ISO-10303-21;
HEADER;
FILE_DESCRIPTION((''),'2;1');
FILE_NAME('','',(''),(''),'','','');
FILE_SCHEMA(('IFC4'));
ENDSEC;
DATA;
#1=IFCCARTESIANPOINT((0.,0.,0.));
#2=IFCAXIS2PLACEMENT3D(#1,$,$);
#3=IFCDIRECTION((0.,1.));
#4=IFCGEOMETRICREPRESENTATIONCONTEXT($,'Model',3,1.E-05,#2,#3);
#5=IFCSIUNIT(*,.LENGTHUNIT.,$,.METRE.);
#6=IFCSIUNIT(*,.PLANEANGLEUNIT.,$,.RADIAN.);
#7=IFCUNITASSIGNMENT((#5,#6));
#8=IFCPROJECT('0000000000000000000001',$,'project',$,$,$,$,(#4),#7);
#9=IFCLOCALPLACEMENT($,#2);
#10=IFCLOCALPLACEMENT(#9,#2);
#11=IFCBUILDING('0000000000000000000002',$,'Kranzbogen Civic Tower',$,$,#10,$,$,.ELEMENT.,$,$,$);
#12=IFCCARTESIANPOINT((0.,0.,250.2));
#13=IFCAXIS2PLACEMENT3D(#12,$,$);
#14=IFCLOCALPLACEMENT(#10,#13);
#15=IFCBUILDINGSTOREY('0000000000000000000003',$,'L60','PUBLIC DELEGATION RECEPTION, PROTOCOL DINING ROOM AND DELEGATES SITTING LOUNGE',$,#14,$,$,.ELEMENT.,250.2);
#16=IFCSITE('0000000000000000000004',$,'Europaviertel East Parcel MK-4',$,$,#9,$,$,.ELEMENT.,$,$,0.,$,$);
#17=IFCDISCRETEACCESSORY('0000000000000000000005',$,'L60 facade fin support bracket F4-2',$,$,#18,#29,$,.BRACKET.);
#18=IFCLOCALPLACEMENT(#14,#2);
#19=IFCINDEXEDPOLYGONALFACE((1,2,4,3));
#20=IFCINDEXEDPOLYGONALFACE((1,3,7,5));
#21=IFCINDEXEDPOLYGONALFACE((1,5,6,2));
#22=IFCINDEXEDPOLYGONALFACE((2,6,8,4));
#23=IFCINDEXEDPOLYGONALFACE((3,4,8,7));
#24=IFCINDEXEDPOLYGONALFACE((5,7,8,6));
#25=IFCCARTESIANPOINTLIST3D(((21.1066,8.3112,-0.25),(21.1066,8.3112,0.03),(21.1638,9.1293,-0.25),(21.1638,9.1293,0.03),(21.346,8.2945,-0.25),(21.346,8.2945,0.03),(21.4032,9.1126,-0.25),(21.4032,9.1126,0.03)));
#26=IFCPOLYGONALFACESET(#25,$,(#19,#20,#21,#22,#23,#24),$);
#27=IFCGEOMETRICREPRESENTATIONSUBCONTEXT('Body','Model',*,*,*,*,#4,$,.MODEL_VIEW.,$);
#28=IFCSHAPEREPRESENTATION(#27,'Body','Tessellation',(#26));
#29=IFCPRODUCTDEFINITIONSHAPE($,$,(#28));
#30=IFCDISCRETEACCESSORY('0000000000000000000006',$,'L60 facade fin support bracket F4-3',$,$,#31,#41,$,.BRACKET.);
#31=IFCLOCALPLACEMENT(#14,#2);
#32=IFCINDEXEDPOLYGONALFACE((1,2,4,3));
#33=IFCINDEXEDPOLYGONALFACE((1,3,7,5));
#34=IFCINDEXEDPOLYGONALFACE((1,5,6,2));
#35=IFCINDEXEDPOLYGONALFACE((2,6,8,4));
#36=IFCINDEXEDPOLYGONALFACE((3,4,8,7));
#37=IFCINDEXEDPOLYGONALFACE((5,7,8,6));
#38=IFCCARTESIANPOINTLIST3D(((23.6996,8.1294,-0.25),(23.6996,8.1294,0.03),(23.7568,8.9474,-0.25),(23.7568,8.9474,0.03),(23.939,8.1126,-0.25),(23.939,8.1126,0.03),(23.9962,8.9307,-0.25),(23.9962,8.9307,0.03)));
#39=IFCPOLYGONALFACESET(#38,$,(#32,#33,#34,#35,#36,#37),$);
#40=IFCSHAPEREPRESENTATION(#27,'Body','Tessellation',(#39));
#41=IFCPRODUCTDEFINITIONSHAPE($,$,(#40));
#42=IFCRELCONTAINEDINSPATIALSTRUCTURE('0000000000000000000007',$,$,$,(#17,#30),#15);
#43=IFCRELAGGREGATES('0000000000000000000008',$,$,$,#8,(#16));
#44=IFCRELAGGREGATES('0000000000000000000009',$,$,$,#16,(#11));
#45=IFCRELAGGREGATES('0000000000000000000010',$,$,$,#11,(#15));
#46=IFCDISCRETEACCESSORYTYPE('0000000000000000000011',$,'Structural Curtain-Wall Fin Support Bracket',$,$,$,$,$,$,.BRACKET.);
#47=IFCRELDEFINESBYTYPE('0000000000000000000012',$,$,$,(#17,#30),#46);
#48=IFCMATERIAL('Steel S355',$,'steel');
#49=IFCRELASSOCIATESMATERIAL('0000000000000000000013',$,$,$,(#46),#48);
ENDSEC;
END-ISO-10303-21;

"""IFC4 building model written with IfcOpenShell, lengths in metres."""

from ifc_helpers import new_model, si_unit, direction, frame, origin, origin_2d, place, context, subcontext, project, spatial, rectangle, extrude, material, type_object, element, save


model = new_model("IFC4")

# Units and contexts
model_context = context("Model", 3, precision=1e-05, world=origin(), true_north=direction((0.0, 1.0)))
body_context = subcontext(model_context, "Body", "Model", "MODEL_VIEW")
ifc_project = project(units=[si_unit("LENGTHUNIT", "METRE"), si_unit("PLANEANGLEUNIT", "RADIAN")], contexts=[model_context])

# Site, building, storey
site_placement = place(None, origin())
site = spatial("IfcSite", under=ifc_project, at=site_placement, Name="Europaviertel East Parcel MK-4", CompositionType="ELEMENT", RefElevation=0.0)
building_placement = place(site_placement, origin())
building = spatial("IfcBuilding", under=site, at=building_placement, Name="Kranzbogen Civic Tower", CompositionType="ELEMENT")
storey_placement = place(building_placement, frame((0.0, 0.0, 250.2)))
storey = spatial("IfcBuildingStorey", under=building, at=storey_placement, Name="L60", Description="PUBLIC DELEGATION RECEPTION, PROTOCOL DINING ROOM AND DELEGATES SITTING LOUNGE", CompositionType="ELEMENT", Elevation=250.2)

# Discrete accessories
ifc_material_1 = material(Name="Steel S355", Category="steel")
discrete_accessory_type = type_object("IfcDiscreteAccessoryType", Name="Structural Curtain-Wall Fin Support Bracket", PredefinedType="BRACKET", material=ifc_material_1)
for number, where, z_axis, x_axis, name in (
    (1, (21.2549, 8.7119, -0.25), (0.0, 0.0, 1.0), (-0.069756, -0.997564, 0.0), "L60 facade fin support bracket F4-2"),
    (2, (23.8479, 8.53, -0.25), (0.0, 0.0, 1.0), (-0.069756, -0.997564, 0.0), "L60 facade fin support bracket F4-3"),
):
    element("IfcDiscreteAccessory", number, at=place(storey_placement, frame(where, z_axis=z_axis, x_axis=x_axis)), inside=storey, type_object=discrete_accessory_type, Name=name, PredefinedType="BRACKET", context=body_context, shape_type="SweptSolid", body=[
        extrude(rectangle(XDim=0.8201, YDim=0.24, at=origin_2d()), origin(), (0.0, 0.0, 1.0), 0.28),
    ])

save(model, "model.ifc")
